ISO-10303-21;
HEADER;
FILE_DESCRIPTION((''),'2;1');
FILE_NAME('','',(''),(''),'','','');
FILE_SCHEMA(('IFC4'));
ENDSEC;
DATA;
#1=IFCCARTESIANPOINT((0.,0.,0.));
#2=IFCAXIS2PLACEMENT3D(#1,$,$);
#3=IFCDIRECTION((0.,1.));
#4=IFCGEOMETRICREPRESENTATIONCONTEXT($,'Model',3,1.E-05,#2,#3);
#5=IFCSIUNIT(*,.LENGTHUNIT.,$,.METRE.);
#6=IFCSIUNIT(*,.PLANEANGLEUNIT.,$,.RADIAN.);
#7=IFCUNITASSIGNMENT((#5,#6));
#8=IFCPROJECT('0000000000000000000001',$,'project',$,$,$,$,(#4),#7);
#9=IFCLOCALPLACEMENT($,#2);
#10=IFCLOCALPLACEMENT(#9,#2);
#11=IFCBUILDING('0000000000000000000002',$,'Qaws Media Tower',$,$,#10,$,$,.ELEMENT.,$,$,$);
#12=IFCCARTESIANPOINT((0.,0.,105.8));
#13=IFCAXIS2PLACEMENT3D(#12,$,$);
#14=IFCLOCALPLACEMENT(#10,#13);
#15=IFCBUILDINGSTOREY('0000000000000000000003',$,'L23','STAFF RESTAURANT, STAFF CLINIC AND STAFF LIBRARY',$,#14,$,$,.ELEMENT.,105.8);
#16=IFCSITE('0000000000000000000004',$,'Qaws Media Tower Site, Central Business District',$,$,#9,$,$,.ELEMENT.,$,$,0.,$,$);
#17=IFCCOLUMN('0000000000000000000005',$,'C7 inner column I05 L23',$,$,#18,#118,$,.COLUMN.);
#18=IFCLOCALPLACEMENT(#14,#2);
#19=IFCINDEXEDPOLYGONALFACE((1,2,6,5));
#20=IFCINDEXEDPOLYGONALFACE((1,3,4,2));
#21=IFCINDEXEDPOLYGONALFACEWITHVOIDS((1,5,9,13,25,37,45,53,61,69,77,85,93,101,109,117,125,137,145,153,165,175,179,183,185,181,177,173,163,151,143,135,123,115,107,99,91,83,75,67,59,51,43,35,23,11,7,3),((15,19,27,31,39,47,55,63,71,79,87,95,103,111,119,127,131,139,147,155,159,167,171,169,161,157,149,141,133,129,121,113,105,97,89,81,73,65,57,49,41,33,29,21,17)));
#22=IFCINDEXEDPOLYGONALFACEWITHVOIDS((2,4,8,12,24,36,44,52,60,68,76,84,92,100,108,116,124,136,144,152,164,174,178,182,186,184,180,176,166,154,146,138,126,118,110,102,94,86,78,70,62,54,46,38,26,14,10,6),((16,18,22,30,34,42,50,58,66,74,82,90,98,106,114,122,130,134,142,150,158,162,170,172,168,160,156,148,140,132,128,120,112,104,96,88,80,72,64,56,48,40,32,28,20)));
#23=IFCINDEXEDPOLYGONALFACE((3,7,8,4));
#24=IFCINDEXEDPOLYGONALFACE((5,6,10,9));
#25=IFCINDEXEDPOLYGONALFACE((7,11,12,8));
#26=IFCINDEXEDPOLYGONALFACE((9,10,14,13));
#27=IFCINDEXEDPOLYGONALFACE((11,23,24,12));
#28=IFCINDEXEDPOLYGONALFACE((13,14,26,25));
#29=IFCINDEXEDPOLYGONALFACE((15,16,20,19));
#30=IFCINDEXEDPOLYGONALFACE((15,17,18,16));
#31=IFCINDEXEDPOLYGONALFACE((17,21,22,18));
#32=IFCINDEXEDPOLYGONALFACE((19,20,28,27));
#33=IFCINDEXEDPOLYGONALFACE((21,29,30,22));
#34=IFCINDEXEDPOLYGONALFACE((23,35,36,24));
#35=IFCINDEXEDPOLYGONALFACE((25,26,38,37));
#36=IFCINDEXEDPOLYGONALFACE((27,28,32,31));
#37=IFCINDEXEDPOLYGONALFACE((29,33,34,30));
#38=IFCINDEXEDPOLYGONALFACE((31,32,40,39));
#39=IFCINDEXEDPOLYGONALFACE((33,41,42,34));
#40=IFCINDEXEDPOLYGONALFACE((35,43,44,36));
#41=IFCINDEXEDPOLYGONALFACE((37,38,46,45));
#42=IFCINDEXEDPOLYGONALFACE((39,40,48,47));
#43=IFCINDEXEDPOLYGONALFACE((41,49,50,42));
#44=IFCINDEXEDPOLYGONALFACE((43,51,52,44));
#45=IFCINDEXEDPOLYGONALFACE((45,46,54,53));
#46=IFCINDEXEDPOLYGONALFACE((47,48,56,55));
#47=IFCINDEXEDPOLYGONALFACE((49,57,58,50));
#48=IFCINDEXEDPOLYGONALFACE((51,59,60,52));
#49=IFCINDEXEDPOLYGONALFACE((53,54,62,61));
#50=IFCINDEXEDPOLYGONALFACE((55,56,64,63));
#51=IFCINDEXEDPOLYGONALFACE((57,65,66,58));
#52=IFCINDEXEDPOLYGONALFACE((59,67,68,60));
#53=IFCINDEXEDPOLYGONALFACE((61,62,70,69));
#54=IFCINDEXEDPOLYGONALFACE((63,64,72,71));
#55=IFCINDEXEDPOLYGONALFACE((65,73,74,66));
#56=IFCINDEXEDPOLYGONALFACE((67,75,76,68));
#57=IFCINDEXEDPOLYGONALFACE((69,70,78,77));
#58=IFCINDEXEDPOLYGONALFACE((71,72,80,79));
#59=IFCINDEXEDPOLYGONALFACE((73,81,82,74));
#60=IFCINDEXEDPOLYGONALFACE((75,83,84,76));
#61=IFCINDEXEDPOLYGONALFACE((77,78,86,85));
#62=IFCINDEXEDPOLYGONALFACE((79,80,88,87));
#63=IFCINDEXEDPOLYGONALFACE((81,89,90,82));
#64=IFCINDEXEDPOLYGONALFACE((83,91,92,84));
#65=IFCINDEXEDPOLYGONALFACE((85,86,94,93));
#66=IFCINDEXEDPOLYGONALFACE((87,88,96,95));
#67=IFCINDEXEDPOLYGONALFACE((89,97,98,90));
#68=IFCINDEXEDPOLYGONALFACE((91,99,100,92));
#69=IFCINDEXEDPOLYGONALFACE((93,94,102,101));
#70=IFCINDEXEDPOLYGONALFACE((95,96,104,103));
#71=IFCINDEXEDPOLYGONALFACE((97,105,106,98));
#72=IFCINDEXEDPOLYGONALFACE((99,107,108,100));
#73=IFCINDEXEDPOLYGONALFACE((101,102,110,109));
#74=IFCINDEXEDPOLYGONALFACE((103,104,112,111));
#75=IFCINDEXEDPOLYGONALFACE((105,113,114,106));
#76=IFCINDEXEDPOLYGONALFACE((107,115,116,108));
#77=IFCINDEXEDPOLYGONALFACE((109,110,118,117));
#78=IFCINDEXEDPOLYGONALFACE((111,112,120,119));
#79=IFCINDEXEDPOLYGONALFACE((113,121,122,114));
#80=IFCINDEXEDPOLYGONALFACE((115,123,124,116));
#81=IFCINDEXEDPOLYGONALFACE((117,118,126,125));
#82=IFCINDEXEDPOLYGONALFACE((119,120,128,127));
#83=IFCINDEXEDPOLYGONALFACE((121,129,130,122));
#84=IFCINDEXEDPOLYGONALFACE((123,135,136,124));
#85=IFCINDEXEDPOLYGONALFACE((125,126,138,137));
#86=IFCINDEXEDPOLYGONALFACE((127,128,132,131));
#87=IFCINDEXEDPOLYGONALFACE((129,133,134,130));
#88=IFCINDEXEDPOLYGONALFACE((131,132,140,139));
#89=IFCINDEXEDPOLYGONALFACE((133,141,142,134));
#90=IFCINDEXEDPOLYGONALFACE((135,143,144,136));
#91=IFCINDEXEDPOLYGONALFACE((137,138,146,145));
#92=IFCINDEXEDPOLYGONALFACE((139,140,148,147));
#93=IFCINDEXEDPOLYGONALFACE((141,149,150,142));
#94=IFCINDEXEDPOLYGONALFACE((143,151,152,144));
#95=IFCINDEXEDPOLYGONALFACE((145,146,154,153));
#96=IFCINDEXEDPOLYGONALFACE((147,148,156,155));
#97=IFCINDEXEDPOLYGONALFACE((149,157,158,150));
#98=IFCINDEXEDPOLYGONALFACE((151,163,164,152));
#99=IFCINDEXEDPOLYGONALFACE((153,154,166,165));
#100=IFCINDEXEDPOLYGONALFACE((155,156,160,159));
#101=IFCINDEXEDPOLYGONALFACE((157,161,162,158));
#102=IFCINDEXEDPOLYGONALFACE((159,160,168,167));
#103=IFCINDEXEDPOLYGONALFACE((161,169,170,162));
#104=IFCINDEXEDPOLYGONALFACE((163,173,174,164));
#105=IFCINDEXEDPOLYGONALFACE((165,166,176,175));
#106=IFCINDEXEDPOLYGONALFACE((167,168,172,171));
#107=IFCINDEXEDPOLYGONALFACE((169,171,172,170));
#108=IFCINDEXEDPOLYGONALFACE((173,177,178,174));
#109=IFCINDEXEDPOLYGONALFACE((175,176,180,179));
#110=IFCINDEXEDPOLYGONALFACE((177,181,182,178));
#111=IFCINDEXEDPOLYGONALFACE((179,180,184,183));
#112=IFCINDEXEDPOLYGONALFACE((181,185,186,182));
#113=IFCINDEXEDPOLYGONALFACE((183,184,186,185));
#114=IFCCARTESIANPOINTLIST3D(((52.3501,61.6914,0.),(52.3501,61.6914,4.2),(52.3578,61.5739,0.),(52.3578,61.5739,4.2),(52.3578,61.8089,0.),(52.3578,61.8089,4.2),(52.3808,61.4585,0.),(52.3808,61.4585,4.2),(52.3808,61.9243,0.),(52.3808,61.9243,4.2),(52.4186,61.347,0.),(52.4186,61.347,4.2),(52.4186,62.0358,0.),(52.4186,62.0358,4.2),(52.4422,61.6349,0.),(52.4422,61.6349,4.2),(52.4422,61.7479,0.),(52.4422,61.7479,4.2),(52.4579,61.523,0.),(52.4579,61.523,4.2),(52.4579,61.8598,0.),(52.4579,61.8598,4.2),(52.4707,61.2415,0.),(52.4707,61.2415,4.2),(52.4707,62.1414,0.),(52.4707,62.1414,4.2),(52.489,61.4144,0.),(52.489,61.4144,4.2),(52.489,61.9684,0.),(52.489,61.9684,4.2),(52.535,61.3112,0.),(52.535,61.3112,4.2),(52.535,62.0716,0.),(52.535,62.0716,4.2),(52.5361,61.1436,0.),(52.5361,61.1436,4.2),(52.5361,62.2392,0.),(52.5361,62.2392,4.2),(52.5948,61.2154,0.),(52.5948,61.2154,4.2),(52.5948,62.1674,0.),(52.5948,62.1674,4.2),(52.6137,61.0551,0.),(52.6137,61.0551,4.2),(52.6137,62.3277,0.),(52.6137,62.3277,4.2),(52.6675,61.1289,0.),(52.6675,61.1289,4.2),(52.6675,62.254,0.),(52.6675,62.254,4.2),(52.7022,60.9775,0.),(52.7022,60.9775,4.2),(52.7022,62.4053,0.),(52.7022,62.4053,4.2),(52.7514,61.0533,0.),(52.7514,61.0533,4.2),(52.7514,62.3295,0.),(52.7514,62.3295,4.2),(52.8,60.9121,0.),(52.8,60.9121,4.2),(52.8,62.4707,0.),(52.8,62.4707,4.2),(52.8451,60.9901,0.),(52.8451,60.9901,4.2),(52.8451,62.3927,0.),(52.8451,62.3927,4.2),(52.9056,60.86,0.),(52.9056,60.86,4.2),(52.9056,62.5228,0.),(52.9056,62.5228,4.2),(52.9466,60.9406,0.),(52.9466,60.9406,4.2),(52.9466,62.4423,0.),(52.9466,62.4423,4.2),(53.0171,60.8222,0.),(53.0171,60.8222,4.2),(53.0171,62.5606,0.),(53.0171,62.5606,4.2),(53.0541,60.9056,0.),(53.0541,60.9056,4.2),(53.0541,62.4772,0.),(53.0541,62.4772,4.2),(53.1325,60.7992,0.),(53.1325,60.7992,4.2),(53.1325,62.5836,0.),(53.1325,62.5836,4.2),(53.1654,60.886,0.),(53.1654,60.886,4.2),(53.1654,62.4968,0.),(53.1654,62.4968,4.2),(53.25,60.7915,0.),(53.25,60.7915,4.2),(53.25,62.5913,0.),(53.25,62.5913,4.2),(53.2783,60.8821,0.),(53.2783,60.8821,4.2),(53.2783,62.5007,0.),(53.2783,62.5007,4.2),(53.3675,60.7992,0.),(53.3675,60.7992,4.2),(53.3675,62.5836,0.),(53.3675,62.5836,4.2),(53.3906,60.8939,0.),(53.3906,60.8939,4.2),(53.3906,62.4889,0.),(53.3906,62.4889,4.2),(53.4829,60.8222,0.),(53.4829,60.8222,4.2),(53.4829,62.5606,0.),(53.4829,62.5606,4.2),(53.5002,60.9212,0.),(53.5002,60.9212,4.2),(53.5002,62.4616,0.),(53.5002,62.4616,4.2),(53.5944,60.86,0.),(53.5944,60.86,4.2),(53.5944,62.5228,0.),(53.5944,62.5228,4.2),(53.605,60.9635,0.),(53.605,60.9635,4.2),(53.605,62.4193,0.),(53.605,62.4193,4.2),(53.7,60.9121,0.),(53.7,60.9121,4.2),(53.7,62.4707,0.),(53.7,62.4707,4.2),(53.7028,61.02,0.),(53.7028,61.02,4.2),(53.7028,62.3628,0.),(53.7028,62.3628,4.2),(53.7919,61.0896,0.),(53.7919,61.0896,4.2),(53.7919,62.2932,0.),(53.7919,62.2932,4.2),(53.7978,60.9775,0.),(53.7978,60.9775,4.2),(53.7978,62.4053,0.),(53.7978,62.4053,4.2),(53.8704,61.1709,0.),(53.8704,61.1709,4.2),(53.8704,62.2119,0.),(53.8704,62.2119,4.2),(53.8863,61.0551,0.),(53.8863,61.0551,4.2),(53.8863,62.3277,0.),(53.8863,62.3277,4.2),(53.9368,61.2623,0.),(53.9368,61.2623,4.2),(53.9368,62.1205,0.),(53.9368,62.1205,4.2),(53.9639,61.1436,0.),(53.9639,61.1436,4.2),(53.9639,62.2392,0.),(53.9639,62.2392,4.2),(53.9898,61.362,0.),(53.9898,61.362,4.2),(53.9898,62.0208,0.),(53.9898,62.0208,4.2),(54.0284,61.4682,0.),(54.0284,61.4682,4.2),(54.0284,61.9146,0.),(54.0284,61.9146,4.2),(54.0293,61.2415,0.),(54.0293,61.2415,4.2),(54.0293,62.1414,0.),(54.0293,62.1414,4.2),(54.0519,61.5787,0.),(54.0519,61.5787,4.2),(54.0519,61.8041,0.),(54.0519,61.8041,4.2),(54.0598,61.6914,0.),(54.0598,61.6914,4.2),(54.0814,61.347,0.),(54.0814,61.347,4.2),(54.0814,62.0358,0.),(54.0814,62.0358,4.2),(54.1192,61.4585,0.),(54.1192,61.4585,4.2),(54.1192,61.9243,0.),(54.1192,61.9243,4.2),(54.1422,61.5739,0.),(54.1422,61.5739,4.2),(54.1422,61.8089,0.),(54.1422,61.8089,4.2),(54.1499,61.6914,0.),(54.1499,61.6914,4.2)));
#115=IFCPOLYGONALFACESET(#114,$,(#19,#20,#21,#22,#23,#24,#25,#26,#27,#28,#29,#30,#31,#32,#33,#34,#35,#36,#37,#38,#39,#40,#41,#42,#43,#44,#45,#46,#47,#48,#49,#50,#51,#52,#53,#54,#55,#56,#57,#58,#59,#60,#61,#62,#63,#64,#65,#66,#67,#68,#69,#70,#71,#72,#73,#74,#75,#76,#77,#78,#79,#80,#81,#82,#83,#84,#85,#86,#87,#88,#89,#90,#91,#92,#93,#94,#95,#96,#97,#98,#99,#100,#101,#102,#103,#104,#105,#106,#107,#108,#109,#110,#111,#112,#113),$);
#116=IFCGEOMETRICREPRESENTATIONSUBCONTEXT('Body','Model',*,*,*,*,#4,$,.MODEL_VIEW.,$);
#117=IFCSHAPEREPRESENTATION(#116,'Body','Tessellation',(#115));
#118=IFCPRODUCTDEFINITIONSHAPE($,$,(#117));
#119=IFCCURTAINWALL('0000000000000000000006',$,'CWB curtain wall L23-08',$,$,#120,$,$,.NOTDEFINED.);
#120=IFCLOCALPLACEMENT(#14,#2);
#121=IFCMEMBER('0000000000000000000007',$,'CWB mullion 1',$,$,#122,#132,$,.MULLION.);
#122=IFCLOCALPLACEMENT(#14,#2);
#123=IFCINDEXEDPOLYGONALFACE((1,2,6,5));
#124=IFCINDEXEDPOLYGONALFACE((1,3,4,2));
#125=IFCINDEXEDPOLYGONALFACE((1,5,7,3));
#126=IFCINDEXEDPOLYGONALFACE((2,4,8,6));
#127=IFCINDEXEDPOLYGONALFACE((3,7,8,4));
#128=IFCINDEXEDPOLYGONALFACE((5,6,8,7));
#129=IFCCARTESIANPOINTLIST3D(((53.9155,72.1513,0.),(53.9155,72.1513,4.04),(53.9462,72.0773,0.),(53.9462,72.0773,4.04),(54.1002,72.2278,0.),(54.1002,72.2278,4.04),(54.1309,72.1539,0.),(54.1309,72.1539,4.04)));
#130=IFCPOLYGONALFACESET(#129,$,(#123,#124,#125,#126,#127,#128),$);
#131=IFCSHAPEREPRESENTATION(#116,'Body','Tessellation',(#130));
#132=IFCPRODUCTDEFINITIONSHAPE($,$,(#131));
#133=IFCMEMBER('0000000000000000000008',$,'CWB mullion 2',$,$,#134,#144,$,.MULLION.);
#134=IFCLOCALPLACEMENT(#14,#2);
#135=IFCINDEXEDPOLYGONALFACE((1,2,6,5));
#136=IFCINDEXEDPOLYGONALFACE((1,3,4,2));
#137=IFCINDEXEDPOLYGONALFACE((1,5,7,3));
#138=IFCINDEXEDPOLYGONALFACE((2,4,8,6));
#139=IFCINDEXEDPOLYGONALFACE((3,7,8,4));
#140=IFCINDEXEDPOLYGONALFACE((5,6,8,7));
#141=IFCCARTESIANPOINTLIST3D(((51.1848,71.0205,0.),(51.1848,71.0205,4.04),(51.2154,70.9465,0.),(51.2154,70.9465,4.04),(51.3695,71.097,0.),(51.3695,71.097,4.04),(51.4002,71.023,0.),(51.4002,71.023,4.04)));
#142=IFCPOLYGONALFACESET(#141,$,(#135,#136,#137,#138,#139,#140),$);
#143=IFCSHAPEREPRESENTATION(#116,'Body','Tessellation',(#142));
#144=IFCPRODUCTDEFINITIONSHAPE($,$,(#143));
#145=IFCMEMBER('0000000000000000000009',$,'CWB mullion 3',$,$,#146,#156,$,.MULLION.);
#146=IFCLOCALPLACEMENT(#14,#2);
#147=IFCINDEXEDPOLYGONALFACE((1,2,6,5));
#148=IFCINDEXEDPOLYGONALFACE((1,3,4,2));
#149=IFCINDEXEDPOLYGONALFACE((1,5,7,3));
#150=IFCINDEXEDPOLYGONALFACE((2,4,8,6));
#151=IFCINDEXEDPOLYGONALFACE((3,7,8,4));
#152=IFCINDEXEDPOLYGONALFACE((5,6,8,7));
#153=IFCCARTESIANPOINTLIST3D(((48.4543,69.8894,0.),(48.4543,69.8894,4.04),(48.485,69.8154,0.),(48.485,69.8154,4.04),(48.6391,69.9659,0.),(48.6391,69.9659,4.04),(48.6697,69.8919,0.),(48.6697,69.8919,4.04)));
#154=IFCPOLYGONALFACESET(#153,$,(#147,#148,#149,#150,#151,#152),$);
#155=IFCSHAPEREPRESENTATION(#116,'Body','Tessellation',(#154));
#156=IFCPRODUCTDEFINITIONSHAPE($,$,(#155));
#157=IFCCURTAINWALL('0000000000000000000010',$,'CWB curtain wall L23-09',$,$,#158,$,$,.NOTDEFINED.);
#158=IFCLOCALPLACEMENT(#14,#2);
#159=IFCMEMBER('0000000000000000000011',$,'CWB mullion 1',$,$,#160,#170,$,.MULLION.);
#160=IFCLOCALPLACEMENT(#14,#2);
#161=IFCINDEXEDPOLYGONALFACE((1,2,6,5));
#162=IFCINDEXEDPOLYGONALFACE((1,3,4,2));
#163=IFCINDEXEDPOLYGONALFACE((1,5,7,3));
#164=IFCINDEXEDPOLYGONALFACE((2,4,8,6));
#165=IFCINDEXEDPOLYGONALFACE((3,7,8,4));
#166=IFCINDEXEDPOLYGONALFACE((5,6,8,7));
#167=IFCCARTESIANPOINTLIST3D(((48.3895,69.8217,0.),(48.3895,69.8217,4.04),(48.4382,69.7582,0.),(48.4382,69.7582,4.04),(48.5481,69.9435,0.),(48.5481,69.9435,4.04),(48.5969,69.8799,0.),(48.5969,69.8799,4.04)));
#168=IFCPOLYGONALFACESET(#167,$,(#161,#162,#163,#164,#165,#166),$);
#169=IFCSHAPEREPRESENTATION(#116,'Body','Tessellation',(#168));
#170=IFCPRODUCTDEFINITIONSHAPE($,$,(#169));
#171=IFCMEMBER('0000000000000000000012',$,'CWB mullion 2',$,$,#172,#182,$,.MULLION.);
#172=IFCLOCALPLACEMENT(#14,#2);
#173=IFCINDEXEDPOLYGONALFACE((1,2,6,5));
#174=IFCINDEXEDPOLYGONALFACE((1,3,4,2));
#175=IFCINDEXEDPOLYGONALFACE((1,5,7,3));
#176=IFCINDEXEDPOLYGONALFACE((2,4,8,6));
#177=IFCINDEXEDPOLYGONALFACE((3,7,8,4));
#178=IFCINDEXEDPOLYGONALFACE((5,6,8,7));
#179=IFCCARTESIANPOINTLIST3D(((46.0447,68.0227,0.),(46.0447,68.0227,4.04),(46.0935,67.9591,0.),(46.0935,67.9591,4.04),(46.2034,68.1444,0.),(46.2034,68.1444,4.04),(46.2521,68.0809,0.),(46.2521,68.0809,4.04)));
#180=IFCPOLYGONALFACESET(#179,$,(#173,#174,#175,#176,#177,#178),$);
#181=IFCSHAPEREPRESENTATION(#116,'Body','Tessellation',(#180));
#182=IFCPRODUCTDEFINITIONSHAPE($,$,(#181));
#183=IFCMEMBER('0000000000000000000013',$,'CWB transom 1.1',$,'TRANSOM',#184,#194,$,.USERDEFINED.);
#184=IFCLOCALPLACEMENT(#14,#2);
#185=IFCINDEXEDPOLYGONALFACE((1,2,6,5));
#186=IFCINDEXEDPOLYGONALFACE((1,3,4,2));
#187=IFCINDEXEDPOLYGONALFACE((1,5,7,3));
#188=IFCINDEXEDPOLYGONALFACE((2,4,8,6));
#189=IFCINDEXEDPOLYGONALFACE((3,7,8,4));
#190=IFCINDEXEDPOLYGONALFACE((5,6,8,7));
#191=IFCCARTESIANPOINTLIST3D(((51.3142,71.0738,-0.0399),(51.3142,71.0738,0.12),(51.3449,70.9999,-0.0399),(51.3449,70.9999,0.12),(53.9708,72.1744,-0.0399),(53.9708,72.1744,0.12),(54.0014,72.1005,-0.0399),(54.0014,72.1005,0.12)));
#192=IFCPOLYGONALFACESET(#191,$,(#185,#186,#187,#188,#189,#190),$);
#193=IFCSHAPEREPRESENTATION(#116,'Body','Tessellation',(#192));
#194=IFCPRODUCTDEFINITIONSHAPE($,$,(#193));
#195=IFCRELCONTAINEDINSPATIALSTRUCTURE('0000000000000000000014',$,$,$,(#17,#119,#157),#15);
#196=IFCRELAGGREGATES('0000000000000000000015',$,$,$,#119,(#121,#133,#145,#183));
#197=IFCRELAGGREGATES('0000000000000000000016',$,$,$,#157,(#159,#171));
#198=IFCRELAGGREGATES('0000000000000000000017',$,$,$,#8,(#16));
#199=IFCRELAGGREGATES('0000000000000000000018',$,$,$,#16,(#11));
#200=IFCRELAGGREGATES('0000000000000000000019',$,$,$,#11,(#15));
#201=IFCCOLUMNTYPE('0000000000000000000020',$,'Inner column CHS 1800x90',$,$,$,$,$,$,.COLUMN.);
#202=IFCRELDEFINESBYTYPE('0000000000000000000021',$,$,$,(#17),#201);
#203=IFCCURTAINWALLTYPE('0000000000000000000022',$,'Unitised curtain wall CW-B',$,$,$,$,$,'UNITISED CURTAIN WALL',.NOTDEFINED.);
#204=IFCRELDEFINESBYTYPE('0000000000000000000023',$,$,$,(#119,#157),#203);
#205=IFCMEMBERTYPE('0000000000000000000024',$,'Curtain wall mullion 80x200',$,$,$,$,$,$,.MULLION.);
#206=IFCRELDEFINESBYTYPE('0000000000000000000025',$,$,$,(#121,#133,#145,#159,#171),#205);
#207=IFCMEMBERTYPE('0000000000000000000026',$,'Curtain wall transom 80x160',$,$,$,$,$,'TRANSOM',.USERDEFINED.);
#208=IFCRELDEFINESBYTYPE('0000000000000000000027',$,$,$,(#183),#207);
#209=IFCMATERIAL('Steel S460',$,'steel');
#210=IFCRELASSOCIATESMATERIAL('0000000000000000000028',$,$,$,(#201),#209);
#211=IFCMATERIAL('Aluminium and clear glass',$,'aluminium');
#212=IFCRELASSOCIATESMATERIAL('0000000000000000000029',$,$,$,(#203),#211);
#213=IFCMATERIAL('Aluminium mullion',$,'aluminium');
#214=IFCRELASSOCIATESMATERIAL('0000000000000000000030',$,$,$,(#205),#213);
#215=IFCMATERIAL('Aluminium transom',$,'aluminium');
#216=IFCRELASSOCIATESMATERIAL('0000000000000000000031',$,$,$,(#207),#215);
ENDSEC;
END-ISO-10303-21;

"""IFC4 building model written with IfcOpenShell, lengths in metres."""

from ifc_helpers import new_model, si_unit, direction, frame, origin, origin_2d, place, context, subcontext, project, spatial, rectangle, hollow_circle, extrude, material, material_profile, profile_set, type_object, element, aggregate, save


model = new_model("IFC4")

# Units and contexts
model_context = context("Model", 3, precision=1e-05, world=origin(), true_north=direction((0.0, 1.0)))
body_context = subcontext(model_context, "Body", "Model", "MODEL_VIEW")
ifc_project = project(units=[si_unit("LENGTHUNIT", "METRE"), si_unit("PLANEANGLEUNIT", "RADIAN")], contexts=[model_context])

# Site, building, storey
site_placement = place(None, origin())
site = spatial("IfcSite", under=ifc_project, at=site_placement, Name="Qaws Media Tower Site, Central Business District", CompositionType="ELEMENT", RefElevation=0.0)
building_placement = place(site_placement, origin())
building = spatial("IfcBuilding", under=site, at=building_placement, Name="Qaws Media Tower", CompositionType="ELEMENT")
storey_placement = place(building_placement, frame((0.0, 0.0, 105.8)))
storey = spatial("IfcBuildingStorey", under=building, at=storey_placement, Name="L23", Description="STAFF RESTAURANT, STAFF CLINIC AND STAFF LIBRARY", CompositionType="ELEMENT", Elevation=105.8)

# Column
ifc_material_1 = material(Name="Steel S460", Category="steel")
ifc_material_profile_1 = material_profile(ifc_material_1, hollow_circle(Radius=0.8999, WallThickness=0.0901, at=origin_2d()), Name="CHS 1800x90")
ifc_profile_set_1 = profile_set([ifc_material_profile_1], Name="Steel S460")
column_type = type_object("IfcColumnType", Name="Inner column CHS 1800x90", PredefinedType="COLUMN", material=ifc_profile_set_1)
column_placement = place(storey_placement, frame((53.25, 61.6914, 0.0), z_axis=(0.0, 0.0, 1.0), x_axis=(1.0, 0.0, 0.0)))
element("IfcColumn", 1, at=column_placement, inside=storey, type_object=column_type, Name="C7 inner column I05 L23", PredefinedType="COLUMN", context=body_context, shape_type="SweptSolid", body=[
    extrude(hollow_circle(Radius=0.8999, WallThickness=0.0901, at=origin_2d()), origin(), (0.0, 0.0, 1.0), 4.2),
])

# Curtain walls, members
ifc_material_2 = material(Name="Aluminium and clear glass", Category="aluminium")
curtain_wall_type = type_object("IfcCurtainWallType", Name="Unitised curtain wall CW-B", ElementType="UNITISED CURTAIN WALL", PredefinedType="NOTDEFINED", material=ifc_material_2)
curtain_wall_1_placement = place(storey_placement, origin())
curtain_wall_1 = element("IfcCurtainWall", 2, at=curtain_wall_1_placement, inside=storey, type_object=curtain_wall_type, Name="CWB curtain wall L23-08", PredefinedType="NOTDEFINED")
ifc_material_3 = material(Name="Aluminium mullion", Category="aluminium")
ifc_material_profile_2 = material_profile(ifc_material_3, rectangle(XDim=0.0801, YDim=0.2, at=origin_2d()), Name="80x200")
ifc_profile_set_2 = profile_set([ifc_material_profile_2], Name="Aluminium mullion")
member_type_1 = type_object("IfcMemberType", Name="Curtain wall mullion 80x200", PredefinedType="MULLION", material=ifc_profile_set_2)
member_1_placement = place(storey_placement, frame((54.0232, 72.1526, 0.0), z_axis=(0.0, 0.0, 1.0), x_axis=(0.382683, -0.92388, 0.0)))
member_1 = element("IfcMember", 3, at=member_1_placement, type_object=member_type_1, Name="CWB mullion 1", PredefinedType="MULLION", context=body_context, shape_type="SweptSolid", body=[
    extrude(rectangle(XDim=0.0801, YDim=0.2, at=origin_2d()), origin(), (0.0, 0.0, 1.0), 4.04),
])
member_2_placement = place(storey_placement, frame((51.2925, 71.0217, 0.0), z_axis=(0.0, 0.0, 1.0), x_axis=(0.382683, -0.92388, 0.0)))
member_2 = element("IfcMember", 4, at=member_2_placement, type_object=member_type_1, Name="CWB mullion 2", PredefinedType="MULLION", context=body_context, shape_type="SweptSolid", body=[
    extrude(rectangle(XDim=0.0801, YDim=0.2, at=origin_2d()), origin(), (0.0, 0.0, 1.0), 4.04),
])
member_3_placement = place(storey_placement, frame((48.562, 69.8906, 0.0), z_axis=(0.0, 0.0, 1.0), x_axis=(0.382683, -0.92388, 0.0)))
member_3 = element("IfcMember", 5, at=member_3_placement, type_object=member_type_1, Name="CWB mullion 3", PredefinedType="MULLION", context=body_context, shape_type="SweptSolid", body=[
    extrude(rectangle(XDim=0.0801, YDim=0.2, at=origin_2d()), origin(), (0.0, 0.0, 1.0), 4.04),
])
curtain_wall_2_placement = place(storey_placement, origin())
curtain_wall_2 = element("IfcCurtainWall", 6, at=curtain_wall_2_placement, inside=storey, type_object=curtain_wall_type, Name="CWB curtain wall L23-09", PredefinedType="NOTDEFINED")
member_4_placement = place(storey_placement, frame((48.4932, 69.8508, 0.0), z_axis=(0.0, 0.0, 1.0), x_axis=(0.608761, -0.793353, 0.0)))
member_4 = element("IfcMember", 7, at=member_4_placement, type_object=member_type_1, Name="CWB mullion 1", PredefinedType="MULLION", context=body_context, shape_type="SweptSolid", body=[
    extrude(rectangle(XDim=0.0801, YDim=0.2, at=origin_2d()), origin(), (0.0, 0.0, 1.0), 4.04),
])
member_5_placement = place(storey_placement, frame((46.1484, 68.0518, 0.0), z_axis=(0.0, 0.0, 1.0), x_axis=(0.608761, -0.793353, 0.0)))
member_5 = element("IfcMember", 8, at=member_5_placement, type_object=member_type_1, Name="CWB mullion 2", PredefinedType="MULLION", context=body_context, shape_type="SweptSolid", body=[
    extrude(rectangle(XDim=0.0801, YDim=0.2, at=origin_2d()), origin(), (0.0, 0.0, 1.0), 4.04),
])

# Member
ifc_material_4 = material(Name="Aluminium transom", Category="aluminium")
ifc_material_profile_3 = material_profile(ifc_material_4, rectangle(XDim=0.0801, YDim=0.1599, at=origin_2d()), Name="80x160")
ifc_profile_set_3 = profile_set([ifc_material_profile_3], Name="Aluminium transom")
member_type_2 = type_object("IfcMemberType", Name="Curtain wall transom 80x160", ElementType="TRANSOM", PredefinedType="USERDEFINED", material=ifc_profile_set_3)
member_6_placement = place(storey_placement, frame((53.9861, 72.1375, 0.04), z_axis=(-0.923851, -0.382752, 0.0), x_axis=(0.382752, -0.923851, 0.0)))
member_6 = element("IfcMember", 9, at=member_6_placement, type_object=member_type_2, Name="CWB transom 1.1", ObjectType="TRANSOM", PredefinedType="USERDEFINED", context=body_context, shape_type="SweptSolid", body=[
    extrude(rectangle(XDim=0.0801, YDim=0.1599, at=origin_2d()), origin(), (0.0, 0.0, 1.0), 2.8755),
])

aggregate(curtain_wall_1, [member_1, member_2, member_3, member_6])
aggregate(curtain_wall_2, [member_4, member_5])

save(model, "model.ifc")
